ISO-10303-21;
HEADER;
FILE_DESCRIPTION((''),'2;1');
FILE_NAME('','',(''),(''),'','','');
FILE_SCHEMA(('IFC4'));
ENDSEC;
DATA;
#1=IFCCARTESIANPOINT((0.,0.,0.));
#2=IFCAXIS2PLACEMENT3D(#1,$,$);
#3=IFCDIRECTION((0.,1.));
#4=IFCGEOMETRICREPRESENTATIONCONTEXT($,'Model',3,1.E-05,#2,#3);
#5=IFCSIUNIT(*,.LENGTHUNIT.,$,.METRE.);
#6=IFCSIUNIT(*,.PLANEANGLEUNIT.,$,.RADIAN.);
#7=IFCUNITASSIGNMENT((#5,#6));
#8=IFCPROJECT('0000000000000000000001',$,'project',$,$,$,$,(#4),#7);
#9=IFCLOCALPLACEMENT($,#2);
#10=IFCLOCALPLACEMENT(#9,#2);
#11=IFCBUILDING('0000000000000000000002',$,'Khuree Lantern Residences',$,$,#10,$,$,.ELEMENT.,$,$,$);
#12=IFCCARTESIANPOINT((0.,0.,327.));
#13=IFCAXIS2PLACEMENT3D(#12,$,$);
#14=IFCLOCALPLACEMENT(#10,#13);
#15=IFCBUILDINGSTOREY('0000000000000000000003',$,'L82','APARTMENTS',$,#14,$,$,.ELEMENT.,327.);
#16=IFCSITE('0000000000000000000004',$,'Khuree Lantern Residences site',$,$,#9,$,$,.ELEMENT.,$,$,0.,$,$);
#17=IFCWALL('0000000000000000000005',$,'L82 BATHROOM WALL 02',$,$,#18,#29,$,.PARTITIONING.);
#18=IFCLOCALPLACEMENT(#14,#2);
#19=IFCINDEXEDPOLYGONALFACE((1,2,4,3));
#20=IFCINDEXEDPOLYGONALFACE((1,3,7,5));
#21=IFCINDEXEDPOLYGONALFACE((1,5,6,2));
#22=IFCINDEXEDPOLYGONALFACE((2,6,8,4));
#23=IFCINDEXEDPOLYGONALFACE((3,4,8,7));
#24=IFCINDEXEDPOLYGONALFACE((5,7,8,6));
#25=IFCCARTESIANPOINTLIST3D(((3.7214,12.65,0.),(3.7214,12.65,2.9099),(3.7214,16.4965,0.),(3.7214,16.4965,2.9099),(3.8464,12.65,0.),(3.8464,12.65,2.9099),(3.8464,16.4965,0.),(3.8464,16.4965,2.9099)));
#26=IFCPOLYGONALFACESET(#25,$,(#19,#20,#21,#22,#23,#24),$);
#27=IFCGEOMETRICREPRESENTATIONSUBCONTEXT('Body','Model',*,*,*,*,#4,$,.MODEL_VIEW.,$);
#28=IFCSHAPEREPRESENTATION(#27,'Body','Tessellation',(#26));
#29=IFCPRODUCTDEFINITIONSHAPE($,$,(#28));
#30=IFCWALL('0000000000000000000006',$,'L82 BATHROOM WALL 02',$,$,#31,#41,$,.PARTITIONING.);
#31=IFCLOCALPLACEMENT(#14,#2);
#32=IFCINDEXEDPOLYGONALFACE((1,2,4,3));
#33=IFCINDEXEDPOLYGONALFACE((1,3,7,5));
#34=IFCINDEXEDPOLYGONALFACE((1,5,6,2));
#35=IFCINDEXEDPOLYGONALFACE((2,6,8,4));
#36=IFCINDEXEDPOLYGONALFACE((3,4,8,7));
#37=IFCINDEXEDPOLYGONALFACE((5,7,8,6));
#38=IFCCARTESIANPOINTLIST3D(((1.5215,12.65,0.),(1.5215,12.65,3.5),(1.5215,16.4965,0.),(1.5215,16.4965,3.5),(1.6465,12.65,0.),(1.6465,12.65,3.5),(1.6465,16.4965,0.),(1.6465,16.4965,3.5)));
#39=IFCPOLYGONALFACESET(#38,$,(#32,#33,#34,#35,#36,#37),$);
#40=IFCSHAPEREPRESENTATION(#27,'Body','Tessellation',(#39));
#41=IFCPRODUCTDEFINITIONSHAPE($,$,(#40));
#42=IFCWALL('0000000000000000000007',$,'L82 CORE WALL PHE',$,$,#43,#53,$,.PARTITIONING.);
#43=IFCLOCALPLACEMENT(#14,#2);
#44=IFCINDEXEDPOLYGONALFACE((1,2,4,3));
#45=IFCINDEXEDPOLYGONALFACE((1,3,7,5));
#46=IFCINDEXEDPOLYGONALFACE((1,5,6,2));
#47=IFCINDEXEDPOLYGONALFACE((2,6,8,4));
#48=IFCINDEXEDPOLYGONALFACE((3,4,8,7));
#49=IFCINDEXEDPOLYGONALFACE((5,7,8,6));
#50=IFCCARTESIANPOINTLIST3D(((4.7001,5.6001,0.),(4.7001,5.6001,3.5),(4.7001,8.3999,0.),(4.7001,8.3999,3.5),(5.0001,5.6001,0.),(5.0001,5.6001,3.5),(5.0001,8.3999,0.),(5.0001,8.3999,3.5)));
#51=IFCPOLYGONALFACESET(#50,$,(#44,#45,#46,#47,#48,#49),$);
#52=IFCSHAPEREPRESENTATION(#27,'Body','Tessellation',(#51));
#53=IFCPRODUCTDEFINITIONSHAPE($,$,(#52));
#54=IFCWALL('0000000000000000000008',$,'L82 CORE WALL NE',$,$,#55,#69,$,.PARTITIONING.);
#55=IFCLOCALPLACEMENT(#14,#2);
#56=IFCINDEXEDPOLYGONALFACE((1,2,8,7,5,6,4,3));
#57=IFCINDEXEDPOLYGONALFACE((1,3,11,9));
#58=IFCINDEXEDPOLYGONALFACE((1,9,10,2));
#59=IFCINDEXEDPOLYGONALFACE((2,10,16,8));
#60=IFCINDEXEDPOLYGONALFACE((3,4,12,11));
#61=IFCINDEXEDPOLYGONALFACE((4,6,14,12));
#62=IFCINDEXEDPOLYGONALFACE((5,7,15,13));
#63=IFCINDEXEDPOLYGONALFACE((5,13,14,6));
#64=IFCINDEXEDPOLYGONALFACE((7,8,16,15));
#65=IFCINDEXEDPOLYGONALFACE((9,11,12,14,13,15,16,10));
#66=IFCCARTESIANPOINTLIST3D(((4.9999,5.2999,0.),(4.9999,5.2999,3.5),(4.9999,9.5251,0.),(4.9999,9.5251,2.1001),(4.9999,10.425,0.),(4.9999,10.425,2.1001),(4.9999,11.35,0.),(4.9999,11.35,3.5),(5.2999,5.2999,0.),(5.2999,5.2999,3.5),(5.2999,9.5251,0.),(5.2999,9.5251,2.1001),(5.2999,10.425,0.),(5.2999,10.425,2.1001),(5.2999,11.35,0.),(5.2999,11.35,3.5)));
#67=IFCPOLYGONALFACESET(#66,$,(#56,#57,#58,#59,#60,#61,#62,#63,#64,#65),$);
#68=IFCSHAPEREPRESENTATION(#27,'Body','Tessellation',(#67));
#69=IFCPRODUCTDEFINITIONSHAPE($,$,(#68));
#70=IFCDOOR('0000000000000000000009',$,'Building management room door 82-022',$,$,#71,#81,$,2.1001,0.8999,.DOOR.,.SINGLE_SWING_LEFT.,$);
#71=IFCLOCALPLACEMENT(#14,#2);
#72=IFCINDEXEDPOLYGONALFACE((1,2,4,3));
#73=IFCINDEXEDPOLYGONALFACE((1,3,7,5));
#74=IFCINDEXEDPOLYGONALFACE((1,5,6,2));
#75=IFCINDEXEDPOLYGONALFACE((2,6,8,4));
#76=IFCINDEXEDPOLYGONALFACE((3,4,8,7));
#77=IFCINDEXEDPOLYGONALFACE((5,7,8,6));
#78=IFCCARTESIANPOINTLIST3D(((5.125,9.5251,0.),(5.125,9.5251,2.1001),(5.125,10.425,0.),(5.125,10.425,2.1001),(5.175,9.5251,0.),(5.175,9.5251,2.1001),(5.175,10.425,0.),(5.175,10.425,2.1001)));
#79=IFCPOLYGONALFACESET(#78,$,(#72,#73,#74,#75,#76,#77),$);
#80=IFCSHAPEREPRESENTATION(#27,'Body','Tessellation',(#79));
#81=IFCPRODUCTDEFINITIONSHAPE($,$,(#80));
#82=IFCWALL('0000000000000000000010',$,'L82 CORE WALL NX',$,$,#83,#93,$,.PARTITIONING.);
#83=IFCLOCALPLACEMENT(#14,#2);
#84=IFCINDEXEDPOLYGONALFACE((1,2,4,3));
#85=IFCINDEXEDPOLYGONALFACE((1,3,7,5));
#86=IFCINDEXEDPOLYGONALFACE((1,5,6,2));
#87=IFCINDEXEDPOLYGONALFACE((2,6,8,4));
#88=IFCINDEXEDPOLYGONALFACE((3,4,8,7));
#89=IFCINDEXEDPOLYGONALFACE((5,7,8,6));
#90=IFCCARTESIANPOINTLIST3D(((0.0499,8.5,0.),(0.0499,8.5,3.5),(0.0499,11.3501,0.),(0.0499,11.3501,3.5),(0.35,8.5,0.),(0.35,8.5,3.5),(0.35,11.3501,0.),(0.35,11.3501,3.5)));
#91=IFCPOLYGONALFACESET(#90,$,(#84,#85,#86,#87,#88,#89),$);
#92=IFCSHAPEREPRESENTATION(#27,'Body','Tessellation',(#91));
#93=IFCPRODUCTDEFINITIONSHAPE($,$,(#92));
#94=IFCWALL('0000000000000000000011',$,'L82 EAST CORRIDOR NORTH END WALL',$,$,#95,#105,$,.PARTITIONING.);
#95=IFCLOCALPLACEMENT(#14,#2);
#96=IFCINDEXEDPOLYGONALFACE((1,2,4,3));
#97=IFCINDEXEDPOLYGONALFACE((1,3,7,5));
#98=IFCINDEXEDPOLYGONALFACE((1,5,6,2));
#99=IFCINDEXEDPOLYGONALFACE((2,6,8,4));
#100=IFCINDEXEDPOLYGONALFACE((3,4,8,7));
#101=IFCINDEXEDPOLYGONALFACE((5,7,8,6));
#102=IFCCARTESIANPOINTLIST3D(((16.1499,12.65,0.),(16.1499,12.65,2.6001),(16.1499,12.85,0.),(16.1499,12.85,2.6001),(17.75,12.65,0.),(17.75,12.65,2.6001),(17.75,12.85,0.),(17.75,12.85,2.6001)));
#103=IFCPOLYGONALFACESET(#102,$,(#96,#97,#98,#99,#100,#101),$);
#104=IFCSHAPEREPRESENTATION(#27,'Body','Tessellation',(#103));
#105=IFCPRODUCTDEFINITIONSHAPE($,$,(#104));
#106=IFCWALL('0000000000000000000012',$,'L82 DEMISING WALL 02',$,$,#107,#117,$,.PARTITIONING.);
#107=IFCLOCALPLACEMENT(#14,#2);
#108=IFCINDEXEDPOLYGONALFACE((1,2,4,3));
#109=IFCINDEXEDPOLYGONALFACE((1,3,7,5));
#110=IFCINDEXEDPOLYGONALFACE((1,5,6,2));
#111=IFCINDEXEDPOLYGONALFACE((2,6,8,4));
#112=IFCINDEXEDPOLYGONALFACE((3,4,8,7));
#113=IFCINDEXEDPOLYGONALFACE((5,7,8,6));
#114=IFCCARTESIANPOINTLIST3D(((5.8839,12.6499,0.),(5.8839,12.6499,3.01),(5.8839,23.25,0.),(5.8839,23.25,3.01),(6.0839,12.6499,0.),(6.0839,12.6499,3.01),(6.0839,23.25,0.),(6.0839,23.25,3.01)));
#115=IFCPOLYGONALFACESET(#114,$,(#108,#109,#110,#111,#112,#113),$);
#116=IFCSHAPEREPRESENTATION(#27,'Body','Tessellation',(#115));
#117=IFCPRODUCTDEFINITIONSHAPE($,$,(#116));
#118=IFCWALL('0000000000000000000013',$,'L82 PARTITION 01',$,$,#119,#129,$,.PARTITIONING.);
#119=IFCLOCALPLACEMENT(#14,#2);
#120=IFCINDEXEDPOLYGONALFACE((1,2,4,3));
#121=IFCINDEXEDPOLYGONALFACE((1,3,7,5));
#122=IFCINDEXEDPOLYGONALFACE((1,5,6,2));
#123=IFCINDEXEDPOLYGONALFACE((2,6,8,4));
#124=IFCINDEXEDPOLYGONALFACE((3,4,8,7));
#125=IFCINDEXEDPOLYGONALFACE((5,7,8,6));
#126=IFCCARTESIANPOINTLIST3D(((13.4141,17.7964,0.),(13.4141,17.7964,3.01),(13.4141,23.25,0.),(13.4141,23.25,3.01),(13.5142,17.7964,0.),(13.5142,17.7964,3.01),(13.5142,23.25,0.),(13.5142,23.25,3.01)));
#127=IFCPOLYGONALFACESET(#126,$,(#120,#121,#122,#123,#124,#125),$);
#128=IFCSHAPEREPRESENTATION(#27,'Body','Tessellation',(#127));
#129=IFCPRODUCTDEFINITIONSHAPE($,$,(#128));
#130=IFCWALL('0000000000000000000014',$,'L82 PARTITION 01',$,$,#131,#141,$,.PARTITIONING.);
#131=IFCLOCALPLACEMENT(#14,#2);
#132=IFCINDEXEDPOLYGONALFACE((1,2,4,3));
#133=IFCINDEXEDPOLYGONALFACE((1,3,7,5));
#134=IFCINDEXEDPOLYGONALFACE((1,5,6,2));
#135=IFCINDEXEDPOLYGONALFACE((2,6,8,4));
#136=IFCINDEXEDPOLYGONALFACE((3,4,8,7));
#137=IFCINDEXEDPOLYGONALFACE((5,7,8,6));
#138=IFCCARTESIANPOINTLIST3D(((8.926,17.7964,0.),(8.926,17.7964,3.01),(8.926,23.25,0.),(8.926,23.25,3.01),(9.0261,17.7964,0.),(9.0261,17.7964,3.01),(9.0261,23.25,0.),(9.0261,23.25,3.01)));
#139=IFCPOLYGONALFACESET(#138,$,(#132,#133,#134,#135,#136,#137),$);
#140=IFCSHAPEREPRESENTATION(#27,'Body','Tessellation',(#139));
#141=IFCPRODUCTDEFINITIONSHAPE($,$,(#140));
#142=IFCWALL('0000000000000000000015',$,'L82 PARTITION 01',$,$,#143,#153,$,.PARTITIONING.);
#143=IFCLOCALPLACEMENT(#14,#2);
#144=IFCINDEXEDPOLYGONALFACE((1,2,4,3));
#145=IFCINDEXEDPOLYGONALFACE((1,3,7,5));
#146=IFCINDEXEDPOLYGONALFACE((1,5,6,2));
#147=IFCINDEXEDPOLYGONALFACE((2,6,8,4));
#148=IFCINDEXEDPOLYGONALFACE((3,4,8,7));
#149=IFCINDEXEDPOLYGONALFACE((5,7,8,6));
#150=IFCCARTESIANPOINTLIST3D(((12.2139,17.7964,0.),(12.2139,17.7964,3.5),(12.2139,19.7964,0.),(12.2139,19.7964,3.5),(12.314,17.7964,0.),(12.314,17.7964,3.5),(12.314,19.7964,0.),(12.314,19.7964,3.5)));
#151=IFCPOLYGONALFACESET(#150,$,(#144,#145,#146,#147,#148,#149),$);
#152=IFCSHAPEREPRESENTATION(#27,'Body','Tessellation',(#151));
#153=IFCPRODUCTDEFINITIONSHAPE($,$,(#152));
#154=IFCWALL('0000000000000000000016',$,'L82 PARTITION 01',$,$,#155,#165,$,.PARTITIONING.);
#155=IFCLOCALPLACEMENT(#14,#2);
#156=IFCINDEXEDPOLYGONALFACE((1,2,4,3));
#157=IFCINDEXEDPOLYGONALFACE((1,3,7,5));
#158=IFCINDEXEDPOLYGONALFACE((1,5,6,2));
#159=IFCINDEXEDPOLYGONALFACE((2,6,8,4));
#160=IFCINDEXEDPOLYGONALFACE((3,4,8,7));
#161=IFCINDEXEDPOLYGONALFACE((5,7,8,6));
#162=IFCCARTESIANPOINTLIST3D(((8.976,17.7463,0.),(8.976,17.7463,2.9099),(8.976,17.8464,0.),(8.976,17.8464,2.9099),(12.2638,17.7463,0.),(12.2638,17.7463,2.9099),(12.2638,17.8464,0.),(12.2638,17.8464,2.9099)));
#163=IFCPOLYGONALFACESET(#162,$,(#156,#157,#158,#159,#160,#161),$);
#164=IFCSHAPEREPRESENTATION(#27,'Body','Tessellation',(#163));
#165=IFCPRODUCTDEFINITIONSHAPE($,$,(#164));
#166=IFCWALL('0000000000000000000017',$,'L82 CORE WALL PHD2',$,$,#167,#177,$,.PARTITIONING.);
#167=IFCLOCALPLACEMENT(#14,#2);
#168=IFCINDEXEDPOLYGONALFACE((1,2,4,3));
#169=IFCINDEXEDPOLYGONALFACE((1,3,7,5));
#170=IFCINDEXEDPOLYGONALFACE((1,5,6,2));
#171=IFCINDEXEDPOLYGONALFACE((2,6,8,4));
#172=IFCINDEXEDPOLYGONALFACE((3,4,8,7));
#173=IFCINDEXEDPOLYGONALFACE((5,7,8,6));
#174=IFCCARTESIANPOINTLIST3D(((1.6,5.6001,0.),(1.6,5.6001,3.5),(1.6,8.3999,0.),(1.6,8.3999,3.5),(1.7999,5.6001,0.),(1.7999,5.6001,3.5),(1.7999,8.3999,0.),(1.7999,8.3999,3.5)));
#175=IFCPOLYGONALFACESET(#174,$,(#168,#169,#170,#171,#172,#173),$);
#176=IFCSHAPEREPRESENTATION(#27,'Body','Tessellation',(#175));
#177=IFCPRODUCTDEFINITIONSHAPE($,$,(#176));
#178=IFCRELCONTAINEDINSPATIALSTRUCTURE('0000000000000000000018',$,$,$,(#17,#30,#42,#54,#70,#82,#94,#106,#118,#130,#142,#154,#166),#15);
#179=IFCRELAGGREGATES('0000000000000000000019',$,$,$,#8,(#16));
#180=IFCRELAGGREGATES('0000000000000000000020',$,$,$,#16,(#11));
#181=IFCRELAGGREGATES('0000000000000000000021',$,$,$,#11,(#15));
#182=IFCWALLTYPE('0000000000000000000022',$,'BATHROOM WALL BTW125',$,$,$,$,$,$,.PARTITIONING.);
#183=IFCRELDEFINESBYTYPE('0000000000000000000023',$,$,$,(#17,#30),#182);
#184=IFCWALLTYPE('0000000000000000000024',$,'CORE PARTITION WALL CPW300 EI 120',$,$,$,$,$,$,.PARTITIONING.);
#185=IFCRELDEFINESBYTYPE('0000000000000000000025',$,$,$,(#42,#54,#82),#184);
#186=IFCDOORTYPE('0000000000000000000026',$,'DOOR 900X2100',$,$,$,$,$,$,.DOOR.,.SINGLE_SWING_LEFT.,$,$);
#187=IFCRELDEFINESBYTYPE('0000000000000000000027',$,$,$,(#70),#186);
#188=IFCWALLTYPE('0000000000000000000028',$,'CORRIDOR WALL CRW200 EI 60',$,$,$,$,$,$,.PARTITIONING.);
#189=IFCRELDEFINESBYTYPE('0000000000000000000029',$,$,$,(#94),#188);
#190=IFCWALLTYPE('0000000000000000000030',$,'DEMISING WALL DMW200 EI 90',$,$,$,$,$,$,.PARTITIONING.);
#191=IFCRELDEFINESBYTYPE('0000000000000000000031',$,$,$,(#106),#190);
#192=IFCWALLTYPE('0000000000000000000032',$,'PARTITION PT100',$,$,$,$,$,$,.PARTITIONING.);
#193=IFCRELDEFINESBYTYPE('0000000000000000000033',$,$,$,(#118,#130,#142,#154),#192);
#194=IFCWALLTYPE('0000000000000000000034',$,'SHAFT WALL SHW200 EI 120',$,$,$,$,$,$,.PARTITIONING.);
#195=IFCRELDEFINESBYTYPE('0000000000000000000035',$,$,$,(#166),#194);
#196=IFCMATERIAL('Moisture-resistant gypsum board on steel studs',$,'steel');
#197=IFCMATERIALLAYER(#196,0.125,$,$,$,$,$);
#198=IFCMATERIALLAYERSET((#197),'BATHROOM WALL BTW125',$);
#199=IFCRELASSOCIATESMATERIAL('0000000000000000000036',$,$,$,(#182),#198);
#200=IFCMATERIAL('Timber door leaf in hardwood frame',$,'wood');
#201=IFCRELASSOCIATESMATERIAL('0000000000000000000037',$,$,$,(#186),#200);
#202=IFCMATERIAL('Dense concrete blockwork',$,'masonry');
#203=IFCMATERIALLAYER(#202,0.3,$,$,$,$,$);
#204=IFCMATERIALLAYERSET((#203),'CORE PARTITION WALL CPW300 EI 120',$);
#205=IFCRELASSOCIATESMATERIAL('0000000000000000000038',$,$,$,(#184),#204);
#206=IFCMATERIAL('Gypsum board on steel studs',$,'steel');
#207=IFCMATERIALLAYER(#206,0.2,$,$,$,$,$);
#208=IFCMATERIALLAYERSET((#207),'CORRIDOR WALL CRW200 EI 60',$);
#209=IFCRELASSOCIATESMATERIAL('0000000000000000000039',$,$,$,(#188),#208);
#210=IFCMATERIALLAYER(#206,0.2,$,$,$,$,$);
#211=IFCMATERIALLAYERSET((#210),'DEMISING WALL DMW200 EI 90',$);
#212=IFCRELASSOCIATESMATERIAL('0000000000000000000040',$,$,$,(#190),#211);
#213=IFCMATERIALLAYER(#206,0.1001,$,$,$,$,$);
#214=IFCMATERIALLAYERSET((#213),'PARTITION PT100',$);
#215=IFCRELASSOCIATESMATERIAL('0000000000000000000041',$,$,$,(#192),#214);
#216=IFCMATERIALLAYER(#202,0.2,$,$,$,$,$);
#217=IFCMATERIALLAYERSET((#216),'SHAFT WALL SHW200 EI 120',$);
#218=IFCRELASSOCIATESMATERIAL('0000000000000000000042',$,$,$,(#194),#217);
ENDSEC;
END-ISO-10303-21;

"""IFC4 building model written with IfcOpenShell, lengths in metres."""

from ifc_helpers import new_model, si_unit, direction, frame, frame_2d, origin, place, context, subcontext, project, spatial, rectangle, extrude, material, layer, layer_set, type_object, element, fill, save


model = new_model("IFC4")

# Units and contexts
model_context = context("Model", 3, precision=1e-05, world=origin(), true_north=direction((0.0, 1.0)))
body_context = subcontext(model_context, "Body", "Model", "MODEL_VIEW")
ifc_project = project(units=[si_unit("LENGTHUNIT", "METRE"), si_unit("PLANEANGLEUNIT", "RADIAN")], contexts=[model_context])

# Site, building, storey
site_placement = place(None, origin())
site = spatial("IfcSite", under=ifc_project, at=site_placement, Name="Khuree Lantern Residences site", CompositionType="ELEMENT", RefElevation=0.0)
building_placement = place(site_placement, origin())
building = spatial("IfcBuilding", under=site, at=building_placement, Name="Khuree Lantern Residences", CompositionType="ELEMENT")
storey_placement = place(building_placement, frame((0.0, 0.0, 327.0)))
storey = spatial("IfcBuildingStorey", under=building, at=storey_placement, Name="L82", Description="APARTMENTS", CompositionType="ELEMENT", Elevation=327.0)

# Shared definitions
ifc_material_1 = material(Name="Moisture-resistant gypsum board on steel studs", Category="steel")
ifc_layer_1 = layer(ifc_material_1, 0.125)
ifc_layer_set_1 = layer_set([ifc_layer_1], Name="BATHROOM WALL BTW125")
wall_type_1 = type_object("IfcWallType", Name="BATHROOM WALL BTW125", PredefinedType="PARTITIONING", material=ifc_layer_set_1)

# Shared definitions
ifc_material_2 = material(Name="Timber door leaf in hardwood frame", Category="wood")
door_type_1 = type_object("IfcDoorType", Name="DOOR 900X2100", OperationType="SINGLE_SWING_LEFT", PredefinedType="DOOR", material=ifc_material_2)

# Walls
wall_1_placement = place(storey_placement, frame((3.7839, 12.6499, 0.0), z_axis=(0.0, 0.0, 1.0), x_axis=(0.0, 1.0, 0.0)))
element("IfcWall", 1, at=wall_1_placement, inside=storey, type_object=wall_type_1, Name="L82 BATHROOM WALL 02", PredefinedType="PARTITIONING", context=body_context, shape_type="SweptSolid", body=[
    extrude(rectangle(XDim=3.8464, YDim=0.125, at=frame_2d((1.9233, 0.0))), origin(), (0.0, 0.0, 1.0), 2.9099),
])
wall_2_placement = place(storey_placement, frame((1.584, 12.6499, 0.0), z_axis=(0.0, 0.0, 1.0), x_axis=(0.0, 1.0, 0.0)))
element("IfcWall", 2, at=wall_2_placement, inside=storey, type_object=wall_type_1, Name="L82 BATHROOM WALL 02", PredefinedType="PARTITIONING", context=body_context, shape_type="SweptSolid", body=[
    extrude(rectangle(XDim=3.8464, YDim=0.125, at=frame_2d((1.9233, 0.0))), origin(), (0.0, 0.0, 1.0), 3.5),
])
ifc_material_3 = material(Name="Dense concrete blockwork", Category="masonry")
ifc_layer_2 = layer(ifc_material_3, 0.3)
ifc_layer_set_2 = layer_set([ifc_layer_2], Name="CORE PARTITION WALL CPW300 EI 120")
wall_type_2 = type_object("IfcWallType", Name="CORE PARTITION WALL CPW300 EI 120", PredefinedType="PARTITIONING", material=ifc_layer_set_2)
wall_3_placement = place(storey_placement, frame((4.8501, 5.6001, 0.0), z_axis=(0.0, 0.0, 1.0), x_axis=(0.0, 1.0, 0.0)))
element("IfcWall", 3, at=wall_3_placement, inside=storey, type_object=wall_type_2, Name="L82 CORE WALL PHE", PredefinedType="PARTITIONING", context=body_context, shape_type="SweptSolid", body=[
    extrude(rectangle(XDim=2.7998, YDim=0.3, at=frame_2d((1.3999, 0.0))), origin(), (0.0, 0.0, 1.0), 3.5),
])

# Wall, opening, door
wall_4_placement = place(storey_placement, frame((5.1499, 5.3, 0.0), z_axis=(0.0, 0.0, 1.0), x_axis=(0.0, 1.0, 0.0)))
wall_4 = element("IfcWall", 4, at=wall_4_placement, inside=storey, type_object=wall_type_2, Name="L82 CORE WALL NE", PredefinedType="PARTITIONING", context=body_context, shape_type="SweptSolid", body=[
    extrude(rectangle(XDim=6.05, YDim=0.3, at=frame_2d((3.0249, 0.0))), origin(), (0.0, 0.0, 1.0), 3.5),
])
opening_1_placement = place(wall_4_placement, frame((4.2251, 0.0, 0.0)))
opening_1 = element("IfcOpeningElement", 5, at=opening_1_placement, cuts=wall_4, PredefinedType="OPENING", context=body_context, shape_type="SweptSolid", body=[
    extrude(rectangle(XDim=0.8999, YDim=2.1001, at=frame_2d((0.45, 1.05))), frame((0.0, 0.1602, 0.0), z_axis=(0.0, -1.0, 0.0), x_axis=(1.0, 0.0, 0.0)), (0.0, 0.0, 1.0), 0.3201),
])
door_1_placement = place(opening_1_placement, origin())
door_1 = element("IfcDoor", 6, at=door_1_placement, inside=storey, type_object=door_type_1, Name="Building management room door 82-022", OperationType="SINGLE_SWING_LEFT", OverallHeight=2.1001, OverallWidth=0.8999, PredefinedType="DOOR", context=body_context, shape_type="SweptSolid", body=[
    extrude(rectangle(XDim=0.8999, YDim=2.1001, at=frame_2d((0.45, 1.05))), frame((0.0, 0.0249, 0.0), z_axis=(0.0, -1.0, 0.0), x_axis=(1.0, 0.0, 0.0)), (0.0, 0.0, 1.0), 0.05),
])
fill(opening_1, door_1)

# Walls
wall_5_placement = place(storey_placement, frame((0.2, 8.5, 0.0), z_axis=(0.0, 0.0, 1.0), x_axis=(0.0, 1.0, 0.0)))
element("IfcWall", 7, at=wall_5_placement, inside=storey, type_object=wall_type_2, Name="L82 CORE WALL NX", PredefinedType="PARTITIONING", context=body_context, shape_type="SweptSolid", body=[
    extrude(rectangle(XDim=2.8501, YDim=0.3, at=frame_2d((1.425, 0.0))), origin(), (0.0, 0.0, 1.0), 3.5),
])
ifc_material_4 = material(Name="Gypsum board on steel studs", Category="steel")
ifc_layer_3 = layer(ifc_material_4, 0.2)
ifc_layer_set_3 = layer_set([ifc_layer_3], Name="CORRIDOR WALL CRW200 EI 60")
wall_type_3 = type_object("IfcWallType", Name="CORRIDOR WALL CRW200 EI 60", PredefinedType="PARTITIONING", material=ifc_layer_set_3)
wall_6_placement = place(storey_placement, frame((16.1499, 12.75, 0.0), z_axis=(0.0, 0.0, 1.0), x_axis=(1.0, 0.0, 0.0)))
element("IfcWall", 8, at=wall_6_placement, inside=storey, type_object=wall_type_3, Name="L82 EAST CORRIDOR NORTH END WALL", PredefinedType="PARTITIONING", context=body_context, shape_type="SweptSolid", body=[
    extrude(rectangle(XDim=1.6001, YDim=0.2, at=frame_2d((0.8, 0.0))), origin(), (0.0, 0.0, 1.0), 2.6001),
])
ifc_layer_4 = layer(ifc_material_4, 0.2)
ifc_layer_set_4 = layer_set([ifc_layer_4], Name="DEMISING WALL DMW200 EI 90")
wall_type_4 = type_object("IfcWallType", Name="DEMISING WALL DMW200 EI 90", PredefinedType="PARTITIONING", material=ifc_layer_set_4)
wall_7_placement = place(storey_placement, frame((5.9839, 12.6499, 0.0), z_axis=(0.0, 0.0, 1.0), x_axis=(0.0, 1.0, 0.0)))
element("IfcWall", 9, at=wall_7_placement, inside=storey, type_object=wall_type_4, Name="L82 DEMISING WALL 02", PredefinedType="PARTITIONING", context=body_context, shape_type="SweptSolid", body=[
    extrude(rectangle(XDim=10.6001, YDim=0.2, at=frame_2d((5.3, 0.0))), origin(), (0.0, 0.0, 1.0), 3.01),
])
ifc_layer_5 = layer(ifc_material_4, 0.1001)
ifc_layer_set_5 = layer_set([ifc_layer_5], Name="PARTITION PT100")
wall_type_5 = type_object("IfcWallType", Name="PARTITION PT100", PredefinedType="PARTITIONING", material=ifc_layer_set_5)
for number, where, z_axis, x_axis, name in (
    (10, (13.4641, 17.7964, 0.0), (0.0, 0.0, 1.0), (0.0, 1.0, 0.0), "L82 PARTITION 01"),
    (11, (8.9761, 17.7964, 0.0), (0.0, 0.0, 1.0), (0.0, 1.0, 0.0), "L82 PARTITION 01"),
):
    element("IfcWall", number, at=place(storey_placement, frame(where, z_axis=z_axis, x_axis=x_axis)), inside=storey, type_object=wall_type_5, Name=name, PredefinedType="PARTITIONING", context=body_context, shape_type="SweptSolid", body=[
        extrude(rectangle(XDim=5.4536, YDim=0.1001, at=frame_2d((2.7268, 0.0))), origin(), (0.0, 0.0, 1.0), 3.01),
    ])
wall_8_placement = place(storey_placement, frame((12.2639, 17.7964, 0.0), z_axis=(0.0, 0.0, 1.0), x_axis=(0.0, 1.0, 0.0)))
element("IfcWall", 12, at=wall_8_placement, inside=storey, type_object=wall_type_5, Name="L82 PARTITION 01", PredefinedType="PARTITIONING", context=body_context, shape_type="SweptSolid", body=[
    extrude(rectangle(XDim=2.0, YDim=0.1001, at=frame_2d((1.0, 0.0))), origin(), (0.0, 0.0, 1.0), 3.5),
])
wall_9_placement = place(storey_placement, frame((12.2639, 17.7964, 0.0), z_axis=(0.0, 0.0, 1.0), x_axis=(-1.0, 0.0, 0.0)))
element("IfcWall", 13, at=wall_9_placement, inside=storey, type_object=wall_type_5, Name="L82 PARTITION 01", PredefinedType="PARTITIONING", context=body_context, shape_type="SweptSolid", body=[
    extrude(rectangle(XDim=3.2878, YDim=0.1001, at=frame_2d((1.644, 0.0))), origin(), (0.0, 0.0, 1.0), 2.9099),
])
ifc_layer_6 = layer(ifc_material_3, 0.2)
ifc_layer_set_6 = layer_set([ifc_layer_6], Name="SHAFT WALL SHW200 EI 120")
wall_type_6 = type_object("IfcWallType", Name="SHAFT WALL SHW200 EI 120", PredefinedType="PARTITIONING", material=ifc_layer_set_6)
wall_10_placement = place(storey_placement, frame((1.7, 5.6001, 0.0), z_axis=(0.0, 0.0, 1.0), x_axis=(0.0, 1.0, 0.0)))
element("IfcWall", 14, at=wall_10_placement, inside=storey, type_object=wall_type_6, Name="L82 CORE WALL PHD2", PredefinedType="PARTITIONING", context=body_context, shape_type="SweptSolid", body=[
    extrude(rectangle(XDim=2.7998, YDim=0.2, at=frame_2d((1.3999, 0.0))), origin(), (0.0, 0.0, 1.0), 3.5),
])

save(model, "model.ifc")
